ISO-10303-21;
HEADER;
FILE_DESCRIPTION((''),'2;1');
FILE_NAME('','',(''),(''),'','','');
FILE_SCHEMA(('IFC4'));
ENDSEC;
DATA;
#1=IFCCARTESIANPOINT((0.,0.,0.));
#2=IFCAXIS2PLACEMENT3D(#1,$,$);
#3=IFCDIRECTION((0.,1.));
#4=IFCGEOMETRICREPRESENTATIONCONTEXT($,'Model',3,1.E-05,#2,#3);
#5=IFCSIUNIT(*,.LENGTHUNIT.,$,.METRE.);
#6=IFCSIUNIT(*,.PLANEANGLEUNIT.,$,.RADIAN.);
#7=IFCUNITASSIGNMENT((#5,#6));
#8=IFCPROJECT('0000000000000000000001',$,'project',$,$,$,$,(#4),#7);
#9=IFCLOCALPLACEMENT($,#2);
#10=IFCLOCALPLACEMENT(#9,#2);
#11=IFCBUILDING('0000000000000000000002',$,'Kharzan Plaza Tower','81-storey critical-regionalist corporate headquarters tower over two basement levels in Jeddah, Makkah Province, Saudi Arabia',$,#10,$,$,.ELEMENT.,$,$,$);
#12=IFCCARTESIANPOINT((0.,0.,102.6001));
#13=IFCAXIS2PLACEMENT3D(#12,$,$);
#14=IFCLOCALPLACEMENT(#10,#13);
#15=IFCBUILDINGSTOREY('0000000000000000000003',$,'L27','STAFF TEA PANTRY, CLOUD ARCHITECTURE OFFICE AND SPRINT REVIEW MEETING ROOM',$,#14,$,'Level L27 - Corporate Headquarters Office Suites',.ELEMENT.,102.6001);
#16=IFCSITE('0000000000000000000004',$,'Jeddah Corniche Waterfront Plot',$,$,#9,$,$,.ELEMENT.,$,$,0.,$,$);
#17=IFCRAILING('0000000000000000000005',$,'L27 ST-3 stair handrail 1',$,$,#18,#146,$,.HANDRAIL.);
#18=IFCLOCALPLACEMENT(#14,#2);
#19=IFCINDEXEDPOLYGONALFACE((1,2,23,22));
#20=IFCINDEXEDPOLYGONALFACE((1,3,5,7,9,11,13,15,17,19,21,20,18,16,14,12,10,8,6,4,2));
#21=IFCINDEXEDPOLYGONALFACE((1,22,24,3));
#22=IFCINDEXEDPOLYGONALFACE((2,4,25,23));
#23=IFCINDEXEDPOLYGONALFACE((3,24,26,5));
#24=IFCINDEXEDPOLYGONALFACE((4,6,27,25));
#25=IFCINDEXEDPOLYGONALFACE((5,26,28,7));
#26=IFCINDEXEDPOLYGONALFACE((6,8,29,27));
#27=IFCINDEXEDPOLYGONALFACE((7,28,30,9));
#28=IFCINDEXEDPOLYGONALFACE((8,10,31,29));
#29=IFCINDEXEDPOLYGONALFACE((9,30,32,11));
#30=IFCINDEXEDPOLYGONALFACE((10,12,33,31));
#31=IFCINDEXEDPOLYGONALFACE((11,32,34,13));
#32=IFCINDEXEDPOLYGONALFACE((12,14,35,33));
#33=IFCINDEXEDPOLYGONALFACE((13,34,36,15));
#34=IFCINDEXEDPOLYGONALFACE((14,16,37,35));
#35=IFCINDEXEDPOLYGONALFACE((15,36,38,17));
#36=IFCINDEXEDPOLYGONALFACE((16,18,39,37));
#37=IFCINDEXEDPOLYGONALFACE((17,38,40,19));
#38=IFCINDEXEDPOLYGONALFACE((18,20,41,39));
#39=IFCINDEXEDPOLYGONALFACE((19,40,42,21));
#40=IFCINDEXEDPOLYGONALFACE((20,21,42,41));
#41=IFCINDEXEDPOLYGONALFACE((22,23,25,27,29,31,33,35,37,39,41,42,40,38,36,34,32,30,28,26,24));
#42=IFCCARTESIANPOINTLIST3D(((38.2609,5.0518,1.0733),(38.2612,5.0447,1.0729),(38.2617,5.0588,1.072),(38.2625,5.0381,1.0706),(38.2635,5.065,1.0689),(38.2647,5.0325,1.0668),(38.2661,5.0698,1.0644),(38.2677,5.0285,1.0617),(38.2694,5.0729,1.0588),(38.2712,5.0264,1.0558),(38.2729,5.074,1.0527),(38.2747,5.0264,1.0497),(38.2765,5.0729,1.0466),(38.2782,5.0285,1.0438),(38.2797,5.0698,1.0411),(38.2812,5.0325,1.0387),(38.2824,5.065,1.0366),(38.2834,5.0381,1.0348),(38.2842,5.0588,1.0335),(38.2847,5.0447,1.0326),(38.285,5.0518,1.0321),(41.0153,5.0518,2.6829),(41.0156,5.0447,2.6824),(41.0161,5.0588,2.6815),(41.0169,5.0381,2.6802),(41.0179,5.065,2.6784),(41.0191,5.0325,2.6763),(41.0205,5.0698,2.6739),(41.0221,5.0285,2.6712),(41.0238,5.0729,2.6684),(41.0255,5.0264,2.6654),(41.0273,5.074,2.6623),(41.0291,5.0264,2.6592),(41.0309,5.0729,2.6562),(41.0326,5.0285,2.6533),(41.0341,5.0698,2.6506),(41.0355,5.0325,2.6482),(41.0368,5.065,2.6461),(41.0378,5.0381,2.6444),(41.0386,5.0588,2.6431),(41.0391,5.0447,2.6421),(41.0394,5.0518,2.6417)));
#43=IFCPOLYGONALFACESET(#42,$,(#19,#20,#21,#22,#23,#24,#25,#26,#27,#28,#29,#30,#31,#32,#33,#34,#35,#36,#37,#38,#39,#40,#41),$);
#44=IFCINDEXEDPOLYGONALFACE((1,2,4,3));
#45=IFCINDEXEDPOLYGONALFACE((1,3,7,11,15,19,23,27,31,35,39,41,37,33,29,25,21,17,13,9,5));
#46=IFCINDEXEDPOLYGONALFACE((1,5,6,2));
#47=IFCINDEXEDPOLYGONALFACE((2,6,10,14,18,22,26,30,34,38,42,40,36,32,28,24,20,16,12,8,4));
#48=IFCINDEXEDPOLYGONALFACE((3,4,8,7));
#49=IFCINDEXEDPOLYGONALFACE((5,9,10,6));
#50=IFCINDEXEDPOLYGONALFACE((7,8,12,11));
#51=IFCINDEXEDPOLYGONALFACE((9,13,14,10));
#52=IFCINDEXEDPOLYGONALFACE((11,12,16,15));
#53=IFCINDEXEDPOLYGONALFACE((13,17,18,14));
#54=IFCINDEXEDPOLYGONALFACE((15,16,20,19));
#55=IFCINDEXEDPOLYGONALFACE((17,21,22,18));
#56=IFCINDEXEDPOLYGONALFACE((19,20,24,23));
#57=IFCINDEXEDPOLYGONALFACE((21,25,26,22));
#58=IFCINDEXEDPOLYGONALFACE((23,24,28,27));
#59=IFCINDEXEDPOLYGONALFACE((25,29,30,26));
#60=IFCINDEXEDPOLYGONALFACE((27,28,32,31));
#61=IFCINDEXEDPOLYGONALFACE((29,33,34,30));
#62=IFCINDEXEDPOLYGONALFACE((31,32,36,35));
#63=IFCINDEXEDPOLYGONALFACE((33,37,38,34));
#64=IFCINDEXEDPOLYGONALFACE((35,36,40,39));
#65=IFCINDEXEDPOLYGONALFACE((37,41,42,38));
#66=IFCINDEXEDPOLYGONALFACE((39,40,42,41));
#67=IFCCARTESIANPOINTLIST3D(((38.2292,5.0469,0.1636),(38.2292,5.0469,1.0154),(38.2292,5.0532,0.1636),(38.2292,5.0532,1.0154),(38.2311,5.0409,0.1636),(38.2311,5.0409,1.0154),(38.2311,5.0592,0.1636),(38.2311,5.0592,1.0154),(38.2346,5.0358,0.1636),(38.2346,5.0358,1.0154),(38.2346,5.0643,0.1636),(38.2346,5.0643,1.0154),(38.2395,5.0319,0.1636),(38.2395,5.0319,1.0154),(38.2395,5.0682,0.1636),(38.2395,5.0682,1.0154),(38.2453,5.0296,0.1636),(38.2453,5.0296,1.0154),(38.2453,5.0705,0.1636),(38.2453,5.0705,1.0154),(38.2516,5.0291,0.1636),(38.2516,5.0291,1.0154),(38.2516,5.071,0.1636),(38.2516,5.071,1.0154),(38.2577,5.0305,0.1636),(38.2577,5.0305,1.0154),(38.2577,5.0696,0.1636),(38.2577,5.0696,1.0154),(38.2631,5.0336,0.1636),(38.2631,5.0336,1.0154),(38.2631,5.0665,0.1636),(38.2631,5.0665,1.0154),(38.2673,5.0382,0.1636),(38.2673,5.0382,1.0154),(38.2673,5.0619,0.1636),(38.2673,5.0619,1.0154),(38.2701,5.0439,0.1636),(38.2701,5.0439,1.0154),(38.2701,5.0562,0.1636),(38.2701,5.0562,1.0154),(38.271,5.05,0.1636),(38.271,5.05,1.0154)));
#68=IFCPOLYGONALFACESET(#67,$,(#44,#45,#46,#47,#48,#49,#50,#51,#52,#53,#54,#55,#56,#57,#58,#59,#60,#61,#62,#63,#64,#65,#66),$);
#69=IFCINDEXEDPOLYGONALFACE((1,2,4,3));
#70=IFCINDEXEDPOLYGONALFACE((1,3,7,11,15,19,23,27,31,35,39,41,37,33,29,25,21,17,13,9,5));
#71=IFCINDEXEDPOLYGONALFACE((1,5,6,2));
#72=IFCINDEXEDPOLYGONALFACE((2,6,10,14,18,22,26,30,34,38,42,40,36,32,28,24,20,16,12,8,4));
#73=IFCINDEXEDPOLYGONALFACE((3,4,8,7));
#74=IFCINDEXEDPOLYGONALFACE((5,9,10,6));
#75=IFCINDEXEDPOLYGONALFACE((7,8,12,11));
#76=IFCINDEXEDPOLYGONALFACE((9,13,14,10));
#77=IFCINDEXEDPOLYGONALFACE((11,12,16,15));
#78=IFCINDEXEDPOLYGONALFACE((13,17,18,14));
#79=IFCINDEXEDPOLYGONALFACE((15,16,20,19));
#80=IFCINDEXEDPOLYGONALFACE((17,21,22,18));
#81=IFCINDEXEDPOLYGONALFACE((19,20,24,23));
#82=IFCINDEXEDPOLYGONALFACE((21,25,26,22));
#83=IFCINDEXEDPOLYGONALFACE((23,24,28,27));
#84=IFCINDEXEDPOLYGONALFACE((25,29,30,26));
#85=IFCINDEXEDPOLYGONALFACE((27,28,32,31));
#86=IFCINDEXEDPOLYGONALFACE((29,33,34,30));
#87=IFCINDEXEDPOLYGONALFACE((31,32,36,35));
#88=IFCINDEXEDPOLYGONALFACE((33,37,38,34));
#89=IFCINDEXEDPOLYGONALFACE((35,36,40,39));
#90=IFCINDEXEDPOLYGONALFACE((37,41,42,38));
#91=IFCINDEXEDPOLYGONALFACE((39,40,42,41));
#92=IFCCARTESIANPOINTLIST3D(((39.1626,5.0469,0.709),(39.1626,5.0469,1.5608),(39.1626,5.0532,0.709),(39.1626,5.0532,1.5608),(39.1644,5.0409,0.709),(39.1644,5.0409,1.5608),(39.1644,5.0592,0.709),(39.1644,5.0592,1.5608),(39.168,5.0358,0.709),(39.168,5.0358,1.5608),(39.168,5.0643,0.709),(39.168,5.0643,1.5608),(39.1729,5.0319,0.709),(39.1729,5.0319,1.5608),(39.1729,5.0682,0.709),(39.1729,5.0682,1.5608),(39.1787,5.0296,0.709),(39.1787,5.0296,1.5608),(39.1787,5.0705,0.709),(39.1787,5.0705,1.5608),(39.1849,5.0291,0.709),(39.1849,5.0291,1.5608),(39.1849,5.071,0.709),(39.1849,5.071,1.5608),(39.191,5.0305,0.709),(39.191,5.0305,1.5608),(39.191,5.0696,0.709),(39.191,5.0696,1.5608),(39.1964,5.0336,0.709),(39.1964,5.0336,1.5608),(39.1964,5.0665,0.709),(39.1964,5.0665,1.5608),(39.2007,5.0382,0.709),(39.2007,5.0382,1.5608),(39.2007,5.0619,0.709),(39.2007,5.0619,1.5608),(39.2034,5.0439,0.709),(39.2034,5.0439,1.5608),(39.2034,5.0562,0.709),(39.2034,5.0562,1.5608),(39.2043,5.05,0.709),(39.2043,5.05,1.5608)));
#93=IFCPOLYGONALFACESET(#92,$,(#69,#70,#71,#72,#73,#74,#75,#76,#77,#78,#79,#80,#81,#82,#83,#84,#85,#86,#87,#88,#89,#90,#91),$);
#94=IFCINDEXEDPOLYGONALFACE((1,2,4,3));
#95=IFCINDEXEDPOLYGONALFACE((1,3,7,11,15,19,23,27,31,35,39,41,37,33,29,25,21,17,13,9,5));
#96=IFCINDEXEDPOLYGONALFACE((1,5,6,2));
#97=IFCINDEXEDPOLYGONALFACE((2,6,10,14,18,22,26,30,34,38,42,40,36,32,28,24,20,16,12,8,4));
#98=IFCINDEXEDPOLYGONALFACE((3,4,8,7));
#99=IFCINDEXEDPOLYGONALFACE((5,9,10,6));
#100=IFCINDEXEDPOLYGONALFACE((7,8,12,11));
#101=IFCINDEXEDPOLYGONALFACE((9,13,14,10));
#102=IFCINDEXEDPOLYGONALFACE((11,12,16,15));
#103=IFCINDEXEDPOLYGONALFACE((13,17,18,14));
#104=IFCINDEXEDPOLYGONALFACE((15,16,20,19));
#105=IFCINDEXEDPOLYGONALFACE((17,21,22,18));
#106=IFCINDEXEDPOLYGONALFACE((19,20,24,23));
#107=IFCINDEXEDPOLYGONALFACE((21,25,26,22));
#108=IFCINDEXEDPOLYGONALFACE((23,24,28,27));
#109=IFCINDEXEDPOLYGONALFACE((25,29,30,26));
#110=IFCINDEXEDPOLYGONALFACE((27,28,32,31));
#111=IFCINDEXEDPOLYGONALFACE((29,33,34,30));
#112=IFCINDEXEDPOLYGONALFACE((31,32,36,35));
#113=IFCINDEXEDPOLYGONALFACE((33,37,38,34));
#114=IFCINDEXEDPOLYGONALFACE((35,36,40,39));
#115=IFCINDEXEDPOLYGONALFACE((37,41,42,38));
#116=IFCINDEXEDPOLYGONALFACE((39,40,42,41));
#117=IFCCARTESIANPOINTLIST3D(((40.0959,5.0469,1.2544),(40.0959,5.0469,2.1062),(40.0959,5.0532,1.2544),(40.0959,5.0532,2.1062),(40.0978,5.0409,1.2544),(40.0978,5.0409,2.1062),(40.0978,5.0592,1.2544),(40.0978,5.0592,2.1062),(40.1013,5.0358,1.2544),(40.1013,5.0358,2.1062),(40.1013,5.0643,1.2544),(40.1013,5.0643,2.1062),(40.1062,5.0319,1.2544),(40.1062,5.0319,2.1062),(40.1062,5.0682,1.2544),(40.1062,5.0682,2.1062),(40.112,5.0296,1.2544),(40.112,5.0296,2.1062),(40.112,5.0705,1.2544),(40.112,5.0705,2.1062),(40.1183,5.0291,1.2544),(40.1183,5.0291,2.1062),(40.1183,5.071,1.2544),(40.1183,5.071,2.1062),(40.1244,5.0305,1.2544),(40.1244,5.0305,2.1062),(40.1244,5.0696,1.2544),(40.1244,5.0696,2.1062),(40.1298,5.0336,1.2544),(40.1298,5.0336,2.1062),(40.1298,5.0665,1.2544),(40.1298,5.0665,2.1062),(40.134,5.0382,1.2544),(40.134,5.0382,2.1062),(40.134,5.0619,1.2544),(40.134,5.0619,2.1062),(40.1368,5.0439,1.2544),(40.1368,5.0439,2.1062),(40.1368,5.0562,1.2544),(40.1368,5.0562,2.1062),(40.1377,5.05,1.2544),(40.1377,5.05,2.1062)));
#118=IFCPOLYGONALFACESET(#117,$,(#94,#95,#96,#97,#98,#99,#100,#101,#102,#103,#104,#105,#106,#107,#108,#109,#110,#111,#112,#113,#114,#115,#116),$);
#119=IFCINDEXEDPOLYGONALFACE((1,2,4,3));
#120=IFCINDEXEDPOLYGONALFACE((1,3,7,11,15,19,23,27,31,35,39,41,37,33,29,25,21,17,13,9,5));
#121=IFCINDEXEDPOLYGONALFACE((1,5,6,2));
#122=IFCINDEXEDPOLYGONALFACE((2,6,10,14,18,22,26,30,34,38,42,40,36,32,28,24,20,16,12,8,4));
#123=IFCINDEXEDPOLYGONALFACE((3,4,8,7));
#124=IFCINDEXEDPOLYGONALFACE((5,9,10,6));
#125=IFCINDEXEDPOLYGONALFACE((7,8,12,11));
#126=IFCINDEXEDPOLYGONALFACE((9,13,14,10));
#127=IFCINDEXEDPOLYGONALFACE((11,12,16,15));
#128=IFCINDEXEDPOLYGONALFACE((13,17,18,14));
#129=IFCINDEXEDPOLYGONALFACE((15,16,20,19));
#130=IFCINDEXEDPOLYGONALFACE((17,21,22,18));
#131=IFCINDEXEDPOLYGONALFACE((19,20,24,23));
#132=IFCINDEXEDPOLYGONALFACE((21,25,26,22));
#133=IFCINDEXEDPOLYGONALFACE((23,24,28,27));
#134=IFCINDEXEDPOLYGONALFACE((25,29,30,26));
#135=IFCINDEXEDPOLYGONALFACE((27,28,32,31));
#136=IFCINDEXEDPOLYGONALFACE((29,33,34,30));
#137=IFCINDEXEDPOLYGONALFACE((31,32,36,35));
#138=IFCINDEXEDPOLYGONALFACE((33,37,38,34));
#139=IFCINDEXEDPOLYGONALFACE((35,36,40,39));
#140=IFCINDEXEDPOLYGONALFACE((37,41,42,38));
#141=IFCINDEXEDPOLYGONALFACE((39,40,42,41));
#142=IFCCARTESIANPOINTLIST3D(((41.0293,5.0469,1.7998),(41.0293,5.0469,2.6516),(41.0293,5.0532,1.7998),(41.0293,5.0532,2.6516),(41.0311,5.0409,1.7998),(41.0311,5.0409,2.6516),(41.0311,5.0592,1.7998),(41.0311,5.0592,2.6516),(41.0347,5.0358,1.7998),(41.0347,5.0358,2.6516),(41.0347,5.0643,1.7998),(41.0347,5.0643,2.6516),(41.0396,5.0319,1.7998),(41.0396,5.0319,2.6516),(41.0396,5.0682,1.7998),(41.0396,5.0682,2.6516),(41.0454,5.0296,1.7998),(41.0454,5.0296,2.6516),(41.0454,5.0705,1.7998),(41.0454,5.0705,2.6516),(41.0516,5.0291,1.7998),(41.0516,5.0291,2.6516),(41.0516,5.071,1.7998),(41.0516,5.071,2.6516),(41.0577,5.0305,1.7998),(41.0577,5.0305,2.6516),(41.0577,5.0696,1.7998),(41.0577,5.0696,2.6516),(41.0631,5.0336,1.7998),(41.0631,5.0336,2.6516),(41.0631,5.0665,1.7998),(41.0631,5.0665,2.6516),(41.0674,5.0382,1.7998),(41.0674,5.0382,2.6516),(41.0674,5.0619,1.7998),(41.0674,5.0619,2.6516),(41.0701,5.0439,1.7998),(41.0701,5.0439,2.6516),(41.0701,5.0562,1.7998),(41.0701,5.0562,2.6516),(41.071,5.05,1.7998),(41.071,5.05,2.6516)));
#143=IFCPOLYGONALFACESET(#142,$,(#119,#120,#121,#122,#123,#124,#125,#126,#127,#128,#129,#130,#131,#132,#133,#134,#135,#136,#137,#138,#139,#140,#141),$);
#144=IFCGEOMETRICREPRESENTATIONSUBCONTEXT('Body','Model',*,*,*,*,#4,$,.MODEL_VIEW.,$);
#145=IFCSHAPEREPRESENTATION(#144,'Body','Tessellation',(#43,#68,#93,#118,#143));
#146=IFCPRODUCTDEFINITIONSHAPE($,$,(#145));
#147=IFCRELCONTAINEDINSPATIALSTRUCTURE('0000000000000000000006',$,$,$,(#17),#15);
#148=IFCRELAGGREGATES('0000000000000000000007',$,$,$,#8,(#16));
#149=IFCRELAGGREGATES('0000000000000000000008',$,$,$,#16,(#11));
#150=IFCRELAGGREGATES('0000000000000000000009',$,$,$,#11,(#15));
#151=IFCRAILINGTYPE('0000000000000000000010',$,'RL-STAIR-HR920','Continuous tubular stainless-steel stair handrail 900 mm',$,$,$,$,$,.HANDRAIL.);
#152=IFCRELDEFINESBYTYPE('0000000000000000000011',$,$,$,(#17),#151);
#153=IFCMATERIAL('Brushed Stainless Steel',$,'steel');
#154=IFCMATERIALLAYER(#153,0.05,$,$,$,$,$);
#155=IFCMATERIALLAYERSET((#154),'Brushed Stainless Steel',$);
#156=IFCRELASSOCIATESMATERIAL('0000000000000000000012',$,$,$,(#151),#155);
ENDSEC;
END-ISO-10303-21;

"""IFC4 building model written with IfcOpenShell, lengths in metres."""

from ifc_helpers import new_model, si_unit, direction, frame, origin, origin_2d, place, context, subcontext, project, spatial, circle, extrude, source, transform, mapped, material, layer, layer_set, type_object, element, save


model = new_model("IFC4")

# Units and contexts
model_context = context("Model", 3, precision=1e-05, world=origin(), true_north=direction((0.0, 1.0)))
body_context = subcontext(model_context, "Body", "Model", "MODEL_VIEW")
ifc_project = project(units=[si_unit("LENGTHUNIT", "METRE"), si_unit("PLANEANGLEUNIT", "RADIAN")], contexts=[model_context])

# Site, building, storey
site_placement = place(None, origin())
site = spatial("IfcSite", under=ifc_project, at=site_placement, Name="Jeddah Corniche Waterfront Plot", CompositionType="ELEMENT", RefElevation=0.0)
building_placement = place(site_placement, origin())
building = spatial("IfcBuilding", under=site, at=building_placement, Name="Kharzan Plaza Tower", Description="81-storey critical-regionalist corporate headquarters tower over two basement levels in Jeddah, Makkah Province, Saudi Arabia", CompositionType="ELEMENT")
storey_placement = place(building_placement, frame((0.0, 0.0, 102.6001)))
storey = spatial("IfcBuildingStorey", under=building, at=storey_placement, Name="L27", Description="STAFF TEA PANTRY, CLOUD ARCHITECTURE OFFICE AND SPRINT REVIEW MEETING ROOM", LongName="Level L27 - Corporate Headquarters Office Suites", CompositionType="ELEMENT", Elevation=102.6001)

# Shared definitions
ifc_material_1 = material(Name="Brushed Stainless Steel", Category="steel")

# Railing
ifc_layer_1 = layer(ifc_material_1, 0.05)
ifc_layer_set_1 = layer_set([ifc_layer_1], Name="Brushed Stainless Steel")
railing_type_1 = type_object("IfcRailingType", Name="RL-STAIR-HR920", Description="Continuous tubular stainless-steel stair handrail 900 mm", PredefinedType="HANDRAIL", material=ifc_layer_set_1)
shared_shape_1 = source(origin(), body_context, "Body", "SweptSolid", [
    extrude(circle(Radius=0.0239, at=origin_2d()), frame((0.0229, 0.0, 0.8892), z_axis=(0.863394, 0.0, 0.504531), x_axis=(0.0, 1.0, 0.0)), (0.0, 0.0, 1.0), 3.1902),
    extrude(circle(Radius=0.021, at=origin_2d()), origin(), (0.0, 0.0, 1.0), 0.8518),
    extrude(circle(Radius=0.021, at=origin_2d()), frame((0.9333, 0.0, 0.5454)), (0.0, 0.0, 1.0), 0.8518),
    extrude(circle(Radius=0.021, at=origin_2d()), frame((1.8667, 0.0, 1.0908)), (0.0, 0.0, 1.0), 0.8518),
    extrude(circle(Radius=0.021, at=origin_2d()), frame((2.8, 0.0, 1.6362)), (0.0, 0.0, 1.0), 0.8518),
])
railing_1_placement = place(storey_placement, frame((38.25, 5.05, 0.1636)))
element("IfcRailing", 1, at=railing_1_placement, inside=storey, type_object=railing_type_1, Name="L27 ST-3 stair handrail 1", PredefinedType="HANDRAIL", context=body_context, shape_type="MappedRepresentation", body=[
    mapped(shared_shape_1, transform((0.0, 0.0, 0.0), x_axis=(1.0, 0.0, 0.0), y_axis=(0.0, 1.0, 0.0), z_axis=(0.0, 0.0, 1.0))),
])

save(model, "model.ifc")
